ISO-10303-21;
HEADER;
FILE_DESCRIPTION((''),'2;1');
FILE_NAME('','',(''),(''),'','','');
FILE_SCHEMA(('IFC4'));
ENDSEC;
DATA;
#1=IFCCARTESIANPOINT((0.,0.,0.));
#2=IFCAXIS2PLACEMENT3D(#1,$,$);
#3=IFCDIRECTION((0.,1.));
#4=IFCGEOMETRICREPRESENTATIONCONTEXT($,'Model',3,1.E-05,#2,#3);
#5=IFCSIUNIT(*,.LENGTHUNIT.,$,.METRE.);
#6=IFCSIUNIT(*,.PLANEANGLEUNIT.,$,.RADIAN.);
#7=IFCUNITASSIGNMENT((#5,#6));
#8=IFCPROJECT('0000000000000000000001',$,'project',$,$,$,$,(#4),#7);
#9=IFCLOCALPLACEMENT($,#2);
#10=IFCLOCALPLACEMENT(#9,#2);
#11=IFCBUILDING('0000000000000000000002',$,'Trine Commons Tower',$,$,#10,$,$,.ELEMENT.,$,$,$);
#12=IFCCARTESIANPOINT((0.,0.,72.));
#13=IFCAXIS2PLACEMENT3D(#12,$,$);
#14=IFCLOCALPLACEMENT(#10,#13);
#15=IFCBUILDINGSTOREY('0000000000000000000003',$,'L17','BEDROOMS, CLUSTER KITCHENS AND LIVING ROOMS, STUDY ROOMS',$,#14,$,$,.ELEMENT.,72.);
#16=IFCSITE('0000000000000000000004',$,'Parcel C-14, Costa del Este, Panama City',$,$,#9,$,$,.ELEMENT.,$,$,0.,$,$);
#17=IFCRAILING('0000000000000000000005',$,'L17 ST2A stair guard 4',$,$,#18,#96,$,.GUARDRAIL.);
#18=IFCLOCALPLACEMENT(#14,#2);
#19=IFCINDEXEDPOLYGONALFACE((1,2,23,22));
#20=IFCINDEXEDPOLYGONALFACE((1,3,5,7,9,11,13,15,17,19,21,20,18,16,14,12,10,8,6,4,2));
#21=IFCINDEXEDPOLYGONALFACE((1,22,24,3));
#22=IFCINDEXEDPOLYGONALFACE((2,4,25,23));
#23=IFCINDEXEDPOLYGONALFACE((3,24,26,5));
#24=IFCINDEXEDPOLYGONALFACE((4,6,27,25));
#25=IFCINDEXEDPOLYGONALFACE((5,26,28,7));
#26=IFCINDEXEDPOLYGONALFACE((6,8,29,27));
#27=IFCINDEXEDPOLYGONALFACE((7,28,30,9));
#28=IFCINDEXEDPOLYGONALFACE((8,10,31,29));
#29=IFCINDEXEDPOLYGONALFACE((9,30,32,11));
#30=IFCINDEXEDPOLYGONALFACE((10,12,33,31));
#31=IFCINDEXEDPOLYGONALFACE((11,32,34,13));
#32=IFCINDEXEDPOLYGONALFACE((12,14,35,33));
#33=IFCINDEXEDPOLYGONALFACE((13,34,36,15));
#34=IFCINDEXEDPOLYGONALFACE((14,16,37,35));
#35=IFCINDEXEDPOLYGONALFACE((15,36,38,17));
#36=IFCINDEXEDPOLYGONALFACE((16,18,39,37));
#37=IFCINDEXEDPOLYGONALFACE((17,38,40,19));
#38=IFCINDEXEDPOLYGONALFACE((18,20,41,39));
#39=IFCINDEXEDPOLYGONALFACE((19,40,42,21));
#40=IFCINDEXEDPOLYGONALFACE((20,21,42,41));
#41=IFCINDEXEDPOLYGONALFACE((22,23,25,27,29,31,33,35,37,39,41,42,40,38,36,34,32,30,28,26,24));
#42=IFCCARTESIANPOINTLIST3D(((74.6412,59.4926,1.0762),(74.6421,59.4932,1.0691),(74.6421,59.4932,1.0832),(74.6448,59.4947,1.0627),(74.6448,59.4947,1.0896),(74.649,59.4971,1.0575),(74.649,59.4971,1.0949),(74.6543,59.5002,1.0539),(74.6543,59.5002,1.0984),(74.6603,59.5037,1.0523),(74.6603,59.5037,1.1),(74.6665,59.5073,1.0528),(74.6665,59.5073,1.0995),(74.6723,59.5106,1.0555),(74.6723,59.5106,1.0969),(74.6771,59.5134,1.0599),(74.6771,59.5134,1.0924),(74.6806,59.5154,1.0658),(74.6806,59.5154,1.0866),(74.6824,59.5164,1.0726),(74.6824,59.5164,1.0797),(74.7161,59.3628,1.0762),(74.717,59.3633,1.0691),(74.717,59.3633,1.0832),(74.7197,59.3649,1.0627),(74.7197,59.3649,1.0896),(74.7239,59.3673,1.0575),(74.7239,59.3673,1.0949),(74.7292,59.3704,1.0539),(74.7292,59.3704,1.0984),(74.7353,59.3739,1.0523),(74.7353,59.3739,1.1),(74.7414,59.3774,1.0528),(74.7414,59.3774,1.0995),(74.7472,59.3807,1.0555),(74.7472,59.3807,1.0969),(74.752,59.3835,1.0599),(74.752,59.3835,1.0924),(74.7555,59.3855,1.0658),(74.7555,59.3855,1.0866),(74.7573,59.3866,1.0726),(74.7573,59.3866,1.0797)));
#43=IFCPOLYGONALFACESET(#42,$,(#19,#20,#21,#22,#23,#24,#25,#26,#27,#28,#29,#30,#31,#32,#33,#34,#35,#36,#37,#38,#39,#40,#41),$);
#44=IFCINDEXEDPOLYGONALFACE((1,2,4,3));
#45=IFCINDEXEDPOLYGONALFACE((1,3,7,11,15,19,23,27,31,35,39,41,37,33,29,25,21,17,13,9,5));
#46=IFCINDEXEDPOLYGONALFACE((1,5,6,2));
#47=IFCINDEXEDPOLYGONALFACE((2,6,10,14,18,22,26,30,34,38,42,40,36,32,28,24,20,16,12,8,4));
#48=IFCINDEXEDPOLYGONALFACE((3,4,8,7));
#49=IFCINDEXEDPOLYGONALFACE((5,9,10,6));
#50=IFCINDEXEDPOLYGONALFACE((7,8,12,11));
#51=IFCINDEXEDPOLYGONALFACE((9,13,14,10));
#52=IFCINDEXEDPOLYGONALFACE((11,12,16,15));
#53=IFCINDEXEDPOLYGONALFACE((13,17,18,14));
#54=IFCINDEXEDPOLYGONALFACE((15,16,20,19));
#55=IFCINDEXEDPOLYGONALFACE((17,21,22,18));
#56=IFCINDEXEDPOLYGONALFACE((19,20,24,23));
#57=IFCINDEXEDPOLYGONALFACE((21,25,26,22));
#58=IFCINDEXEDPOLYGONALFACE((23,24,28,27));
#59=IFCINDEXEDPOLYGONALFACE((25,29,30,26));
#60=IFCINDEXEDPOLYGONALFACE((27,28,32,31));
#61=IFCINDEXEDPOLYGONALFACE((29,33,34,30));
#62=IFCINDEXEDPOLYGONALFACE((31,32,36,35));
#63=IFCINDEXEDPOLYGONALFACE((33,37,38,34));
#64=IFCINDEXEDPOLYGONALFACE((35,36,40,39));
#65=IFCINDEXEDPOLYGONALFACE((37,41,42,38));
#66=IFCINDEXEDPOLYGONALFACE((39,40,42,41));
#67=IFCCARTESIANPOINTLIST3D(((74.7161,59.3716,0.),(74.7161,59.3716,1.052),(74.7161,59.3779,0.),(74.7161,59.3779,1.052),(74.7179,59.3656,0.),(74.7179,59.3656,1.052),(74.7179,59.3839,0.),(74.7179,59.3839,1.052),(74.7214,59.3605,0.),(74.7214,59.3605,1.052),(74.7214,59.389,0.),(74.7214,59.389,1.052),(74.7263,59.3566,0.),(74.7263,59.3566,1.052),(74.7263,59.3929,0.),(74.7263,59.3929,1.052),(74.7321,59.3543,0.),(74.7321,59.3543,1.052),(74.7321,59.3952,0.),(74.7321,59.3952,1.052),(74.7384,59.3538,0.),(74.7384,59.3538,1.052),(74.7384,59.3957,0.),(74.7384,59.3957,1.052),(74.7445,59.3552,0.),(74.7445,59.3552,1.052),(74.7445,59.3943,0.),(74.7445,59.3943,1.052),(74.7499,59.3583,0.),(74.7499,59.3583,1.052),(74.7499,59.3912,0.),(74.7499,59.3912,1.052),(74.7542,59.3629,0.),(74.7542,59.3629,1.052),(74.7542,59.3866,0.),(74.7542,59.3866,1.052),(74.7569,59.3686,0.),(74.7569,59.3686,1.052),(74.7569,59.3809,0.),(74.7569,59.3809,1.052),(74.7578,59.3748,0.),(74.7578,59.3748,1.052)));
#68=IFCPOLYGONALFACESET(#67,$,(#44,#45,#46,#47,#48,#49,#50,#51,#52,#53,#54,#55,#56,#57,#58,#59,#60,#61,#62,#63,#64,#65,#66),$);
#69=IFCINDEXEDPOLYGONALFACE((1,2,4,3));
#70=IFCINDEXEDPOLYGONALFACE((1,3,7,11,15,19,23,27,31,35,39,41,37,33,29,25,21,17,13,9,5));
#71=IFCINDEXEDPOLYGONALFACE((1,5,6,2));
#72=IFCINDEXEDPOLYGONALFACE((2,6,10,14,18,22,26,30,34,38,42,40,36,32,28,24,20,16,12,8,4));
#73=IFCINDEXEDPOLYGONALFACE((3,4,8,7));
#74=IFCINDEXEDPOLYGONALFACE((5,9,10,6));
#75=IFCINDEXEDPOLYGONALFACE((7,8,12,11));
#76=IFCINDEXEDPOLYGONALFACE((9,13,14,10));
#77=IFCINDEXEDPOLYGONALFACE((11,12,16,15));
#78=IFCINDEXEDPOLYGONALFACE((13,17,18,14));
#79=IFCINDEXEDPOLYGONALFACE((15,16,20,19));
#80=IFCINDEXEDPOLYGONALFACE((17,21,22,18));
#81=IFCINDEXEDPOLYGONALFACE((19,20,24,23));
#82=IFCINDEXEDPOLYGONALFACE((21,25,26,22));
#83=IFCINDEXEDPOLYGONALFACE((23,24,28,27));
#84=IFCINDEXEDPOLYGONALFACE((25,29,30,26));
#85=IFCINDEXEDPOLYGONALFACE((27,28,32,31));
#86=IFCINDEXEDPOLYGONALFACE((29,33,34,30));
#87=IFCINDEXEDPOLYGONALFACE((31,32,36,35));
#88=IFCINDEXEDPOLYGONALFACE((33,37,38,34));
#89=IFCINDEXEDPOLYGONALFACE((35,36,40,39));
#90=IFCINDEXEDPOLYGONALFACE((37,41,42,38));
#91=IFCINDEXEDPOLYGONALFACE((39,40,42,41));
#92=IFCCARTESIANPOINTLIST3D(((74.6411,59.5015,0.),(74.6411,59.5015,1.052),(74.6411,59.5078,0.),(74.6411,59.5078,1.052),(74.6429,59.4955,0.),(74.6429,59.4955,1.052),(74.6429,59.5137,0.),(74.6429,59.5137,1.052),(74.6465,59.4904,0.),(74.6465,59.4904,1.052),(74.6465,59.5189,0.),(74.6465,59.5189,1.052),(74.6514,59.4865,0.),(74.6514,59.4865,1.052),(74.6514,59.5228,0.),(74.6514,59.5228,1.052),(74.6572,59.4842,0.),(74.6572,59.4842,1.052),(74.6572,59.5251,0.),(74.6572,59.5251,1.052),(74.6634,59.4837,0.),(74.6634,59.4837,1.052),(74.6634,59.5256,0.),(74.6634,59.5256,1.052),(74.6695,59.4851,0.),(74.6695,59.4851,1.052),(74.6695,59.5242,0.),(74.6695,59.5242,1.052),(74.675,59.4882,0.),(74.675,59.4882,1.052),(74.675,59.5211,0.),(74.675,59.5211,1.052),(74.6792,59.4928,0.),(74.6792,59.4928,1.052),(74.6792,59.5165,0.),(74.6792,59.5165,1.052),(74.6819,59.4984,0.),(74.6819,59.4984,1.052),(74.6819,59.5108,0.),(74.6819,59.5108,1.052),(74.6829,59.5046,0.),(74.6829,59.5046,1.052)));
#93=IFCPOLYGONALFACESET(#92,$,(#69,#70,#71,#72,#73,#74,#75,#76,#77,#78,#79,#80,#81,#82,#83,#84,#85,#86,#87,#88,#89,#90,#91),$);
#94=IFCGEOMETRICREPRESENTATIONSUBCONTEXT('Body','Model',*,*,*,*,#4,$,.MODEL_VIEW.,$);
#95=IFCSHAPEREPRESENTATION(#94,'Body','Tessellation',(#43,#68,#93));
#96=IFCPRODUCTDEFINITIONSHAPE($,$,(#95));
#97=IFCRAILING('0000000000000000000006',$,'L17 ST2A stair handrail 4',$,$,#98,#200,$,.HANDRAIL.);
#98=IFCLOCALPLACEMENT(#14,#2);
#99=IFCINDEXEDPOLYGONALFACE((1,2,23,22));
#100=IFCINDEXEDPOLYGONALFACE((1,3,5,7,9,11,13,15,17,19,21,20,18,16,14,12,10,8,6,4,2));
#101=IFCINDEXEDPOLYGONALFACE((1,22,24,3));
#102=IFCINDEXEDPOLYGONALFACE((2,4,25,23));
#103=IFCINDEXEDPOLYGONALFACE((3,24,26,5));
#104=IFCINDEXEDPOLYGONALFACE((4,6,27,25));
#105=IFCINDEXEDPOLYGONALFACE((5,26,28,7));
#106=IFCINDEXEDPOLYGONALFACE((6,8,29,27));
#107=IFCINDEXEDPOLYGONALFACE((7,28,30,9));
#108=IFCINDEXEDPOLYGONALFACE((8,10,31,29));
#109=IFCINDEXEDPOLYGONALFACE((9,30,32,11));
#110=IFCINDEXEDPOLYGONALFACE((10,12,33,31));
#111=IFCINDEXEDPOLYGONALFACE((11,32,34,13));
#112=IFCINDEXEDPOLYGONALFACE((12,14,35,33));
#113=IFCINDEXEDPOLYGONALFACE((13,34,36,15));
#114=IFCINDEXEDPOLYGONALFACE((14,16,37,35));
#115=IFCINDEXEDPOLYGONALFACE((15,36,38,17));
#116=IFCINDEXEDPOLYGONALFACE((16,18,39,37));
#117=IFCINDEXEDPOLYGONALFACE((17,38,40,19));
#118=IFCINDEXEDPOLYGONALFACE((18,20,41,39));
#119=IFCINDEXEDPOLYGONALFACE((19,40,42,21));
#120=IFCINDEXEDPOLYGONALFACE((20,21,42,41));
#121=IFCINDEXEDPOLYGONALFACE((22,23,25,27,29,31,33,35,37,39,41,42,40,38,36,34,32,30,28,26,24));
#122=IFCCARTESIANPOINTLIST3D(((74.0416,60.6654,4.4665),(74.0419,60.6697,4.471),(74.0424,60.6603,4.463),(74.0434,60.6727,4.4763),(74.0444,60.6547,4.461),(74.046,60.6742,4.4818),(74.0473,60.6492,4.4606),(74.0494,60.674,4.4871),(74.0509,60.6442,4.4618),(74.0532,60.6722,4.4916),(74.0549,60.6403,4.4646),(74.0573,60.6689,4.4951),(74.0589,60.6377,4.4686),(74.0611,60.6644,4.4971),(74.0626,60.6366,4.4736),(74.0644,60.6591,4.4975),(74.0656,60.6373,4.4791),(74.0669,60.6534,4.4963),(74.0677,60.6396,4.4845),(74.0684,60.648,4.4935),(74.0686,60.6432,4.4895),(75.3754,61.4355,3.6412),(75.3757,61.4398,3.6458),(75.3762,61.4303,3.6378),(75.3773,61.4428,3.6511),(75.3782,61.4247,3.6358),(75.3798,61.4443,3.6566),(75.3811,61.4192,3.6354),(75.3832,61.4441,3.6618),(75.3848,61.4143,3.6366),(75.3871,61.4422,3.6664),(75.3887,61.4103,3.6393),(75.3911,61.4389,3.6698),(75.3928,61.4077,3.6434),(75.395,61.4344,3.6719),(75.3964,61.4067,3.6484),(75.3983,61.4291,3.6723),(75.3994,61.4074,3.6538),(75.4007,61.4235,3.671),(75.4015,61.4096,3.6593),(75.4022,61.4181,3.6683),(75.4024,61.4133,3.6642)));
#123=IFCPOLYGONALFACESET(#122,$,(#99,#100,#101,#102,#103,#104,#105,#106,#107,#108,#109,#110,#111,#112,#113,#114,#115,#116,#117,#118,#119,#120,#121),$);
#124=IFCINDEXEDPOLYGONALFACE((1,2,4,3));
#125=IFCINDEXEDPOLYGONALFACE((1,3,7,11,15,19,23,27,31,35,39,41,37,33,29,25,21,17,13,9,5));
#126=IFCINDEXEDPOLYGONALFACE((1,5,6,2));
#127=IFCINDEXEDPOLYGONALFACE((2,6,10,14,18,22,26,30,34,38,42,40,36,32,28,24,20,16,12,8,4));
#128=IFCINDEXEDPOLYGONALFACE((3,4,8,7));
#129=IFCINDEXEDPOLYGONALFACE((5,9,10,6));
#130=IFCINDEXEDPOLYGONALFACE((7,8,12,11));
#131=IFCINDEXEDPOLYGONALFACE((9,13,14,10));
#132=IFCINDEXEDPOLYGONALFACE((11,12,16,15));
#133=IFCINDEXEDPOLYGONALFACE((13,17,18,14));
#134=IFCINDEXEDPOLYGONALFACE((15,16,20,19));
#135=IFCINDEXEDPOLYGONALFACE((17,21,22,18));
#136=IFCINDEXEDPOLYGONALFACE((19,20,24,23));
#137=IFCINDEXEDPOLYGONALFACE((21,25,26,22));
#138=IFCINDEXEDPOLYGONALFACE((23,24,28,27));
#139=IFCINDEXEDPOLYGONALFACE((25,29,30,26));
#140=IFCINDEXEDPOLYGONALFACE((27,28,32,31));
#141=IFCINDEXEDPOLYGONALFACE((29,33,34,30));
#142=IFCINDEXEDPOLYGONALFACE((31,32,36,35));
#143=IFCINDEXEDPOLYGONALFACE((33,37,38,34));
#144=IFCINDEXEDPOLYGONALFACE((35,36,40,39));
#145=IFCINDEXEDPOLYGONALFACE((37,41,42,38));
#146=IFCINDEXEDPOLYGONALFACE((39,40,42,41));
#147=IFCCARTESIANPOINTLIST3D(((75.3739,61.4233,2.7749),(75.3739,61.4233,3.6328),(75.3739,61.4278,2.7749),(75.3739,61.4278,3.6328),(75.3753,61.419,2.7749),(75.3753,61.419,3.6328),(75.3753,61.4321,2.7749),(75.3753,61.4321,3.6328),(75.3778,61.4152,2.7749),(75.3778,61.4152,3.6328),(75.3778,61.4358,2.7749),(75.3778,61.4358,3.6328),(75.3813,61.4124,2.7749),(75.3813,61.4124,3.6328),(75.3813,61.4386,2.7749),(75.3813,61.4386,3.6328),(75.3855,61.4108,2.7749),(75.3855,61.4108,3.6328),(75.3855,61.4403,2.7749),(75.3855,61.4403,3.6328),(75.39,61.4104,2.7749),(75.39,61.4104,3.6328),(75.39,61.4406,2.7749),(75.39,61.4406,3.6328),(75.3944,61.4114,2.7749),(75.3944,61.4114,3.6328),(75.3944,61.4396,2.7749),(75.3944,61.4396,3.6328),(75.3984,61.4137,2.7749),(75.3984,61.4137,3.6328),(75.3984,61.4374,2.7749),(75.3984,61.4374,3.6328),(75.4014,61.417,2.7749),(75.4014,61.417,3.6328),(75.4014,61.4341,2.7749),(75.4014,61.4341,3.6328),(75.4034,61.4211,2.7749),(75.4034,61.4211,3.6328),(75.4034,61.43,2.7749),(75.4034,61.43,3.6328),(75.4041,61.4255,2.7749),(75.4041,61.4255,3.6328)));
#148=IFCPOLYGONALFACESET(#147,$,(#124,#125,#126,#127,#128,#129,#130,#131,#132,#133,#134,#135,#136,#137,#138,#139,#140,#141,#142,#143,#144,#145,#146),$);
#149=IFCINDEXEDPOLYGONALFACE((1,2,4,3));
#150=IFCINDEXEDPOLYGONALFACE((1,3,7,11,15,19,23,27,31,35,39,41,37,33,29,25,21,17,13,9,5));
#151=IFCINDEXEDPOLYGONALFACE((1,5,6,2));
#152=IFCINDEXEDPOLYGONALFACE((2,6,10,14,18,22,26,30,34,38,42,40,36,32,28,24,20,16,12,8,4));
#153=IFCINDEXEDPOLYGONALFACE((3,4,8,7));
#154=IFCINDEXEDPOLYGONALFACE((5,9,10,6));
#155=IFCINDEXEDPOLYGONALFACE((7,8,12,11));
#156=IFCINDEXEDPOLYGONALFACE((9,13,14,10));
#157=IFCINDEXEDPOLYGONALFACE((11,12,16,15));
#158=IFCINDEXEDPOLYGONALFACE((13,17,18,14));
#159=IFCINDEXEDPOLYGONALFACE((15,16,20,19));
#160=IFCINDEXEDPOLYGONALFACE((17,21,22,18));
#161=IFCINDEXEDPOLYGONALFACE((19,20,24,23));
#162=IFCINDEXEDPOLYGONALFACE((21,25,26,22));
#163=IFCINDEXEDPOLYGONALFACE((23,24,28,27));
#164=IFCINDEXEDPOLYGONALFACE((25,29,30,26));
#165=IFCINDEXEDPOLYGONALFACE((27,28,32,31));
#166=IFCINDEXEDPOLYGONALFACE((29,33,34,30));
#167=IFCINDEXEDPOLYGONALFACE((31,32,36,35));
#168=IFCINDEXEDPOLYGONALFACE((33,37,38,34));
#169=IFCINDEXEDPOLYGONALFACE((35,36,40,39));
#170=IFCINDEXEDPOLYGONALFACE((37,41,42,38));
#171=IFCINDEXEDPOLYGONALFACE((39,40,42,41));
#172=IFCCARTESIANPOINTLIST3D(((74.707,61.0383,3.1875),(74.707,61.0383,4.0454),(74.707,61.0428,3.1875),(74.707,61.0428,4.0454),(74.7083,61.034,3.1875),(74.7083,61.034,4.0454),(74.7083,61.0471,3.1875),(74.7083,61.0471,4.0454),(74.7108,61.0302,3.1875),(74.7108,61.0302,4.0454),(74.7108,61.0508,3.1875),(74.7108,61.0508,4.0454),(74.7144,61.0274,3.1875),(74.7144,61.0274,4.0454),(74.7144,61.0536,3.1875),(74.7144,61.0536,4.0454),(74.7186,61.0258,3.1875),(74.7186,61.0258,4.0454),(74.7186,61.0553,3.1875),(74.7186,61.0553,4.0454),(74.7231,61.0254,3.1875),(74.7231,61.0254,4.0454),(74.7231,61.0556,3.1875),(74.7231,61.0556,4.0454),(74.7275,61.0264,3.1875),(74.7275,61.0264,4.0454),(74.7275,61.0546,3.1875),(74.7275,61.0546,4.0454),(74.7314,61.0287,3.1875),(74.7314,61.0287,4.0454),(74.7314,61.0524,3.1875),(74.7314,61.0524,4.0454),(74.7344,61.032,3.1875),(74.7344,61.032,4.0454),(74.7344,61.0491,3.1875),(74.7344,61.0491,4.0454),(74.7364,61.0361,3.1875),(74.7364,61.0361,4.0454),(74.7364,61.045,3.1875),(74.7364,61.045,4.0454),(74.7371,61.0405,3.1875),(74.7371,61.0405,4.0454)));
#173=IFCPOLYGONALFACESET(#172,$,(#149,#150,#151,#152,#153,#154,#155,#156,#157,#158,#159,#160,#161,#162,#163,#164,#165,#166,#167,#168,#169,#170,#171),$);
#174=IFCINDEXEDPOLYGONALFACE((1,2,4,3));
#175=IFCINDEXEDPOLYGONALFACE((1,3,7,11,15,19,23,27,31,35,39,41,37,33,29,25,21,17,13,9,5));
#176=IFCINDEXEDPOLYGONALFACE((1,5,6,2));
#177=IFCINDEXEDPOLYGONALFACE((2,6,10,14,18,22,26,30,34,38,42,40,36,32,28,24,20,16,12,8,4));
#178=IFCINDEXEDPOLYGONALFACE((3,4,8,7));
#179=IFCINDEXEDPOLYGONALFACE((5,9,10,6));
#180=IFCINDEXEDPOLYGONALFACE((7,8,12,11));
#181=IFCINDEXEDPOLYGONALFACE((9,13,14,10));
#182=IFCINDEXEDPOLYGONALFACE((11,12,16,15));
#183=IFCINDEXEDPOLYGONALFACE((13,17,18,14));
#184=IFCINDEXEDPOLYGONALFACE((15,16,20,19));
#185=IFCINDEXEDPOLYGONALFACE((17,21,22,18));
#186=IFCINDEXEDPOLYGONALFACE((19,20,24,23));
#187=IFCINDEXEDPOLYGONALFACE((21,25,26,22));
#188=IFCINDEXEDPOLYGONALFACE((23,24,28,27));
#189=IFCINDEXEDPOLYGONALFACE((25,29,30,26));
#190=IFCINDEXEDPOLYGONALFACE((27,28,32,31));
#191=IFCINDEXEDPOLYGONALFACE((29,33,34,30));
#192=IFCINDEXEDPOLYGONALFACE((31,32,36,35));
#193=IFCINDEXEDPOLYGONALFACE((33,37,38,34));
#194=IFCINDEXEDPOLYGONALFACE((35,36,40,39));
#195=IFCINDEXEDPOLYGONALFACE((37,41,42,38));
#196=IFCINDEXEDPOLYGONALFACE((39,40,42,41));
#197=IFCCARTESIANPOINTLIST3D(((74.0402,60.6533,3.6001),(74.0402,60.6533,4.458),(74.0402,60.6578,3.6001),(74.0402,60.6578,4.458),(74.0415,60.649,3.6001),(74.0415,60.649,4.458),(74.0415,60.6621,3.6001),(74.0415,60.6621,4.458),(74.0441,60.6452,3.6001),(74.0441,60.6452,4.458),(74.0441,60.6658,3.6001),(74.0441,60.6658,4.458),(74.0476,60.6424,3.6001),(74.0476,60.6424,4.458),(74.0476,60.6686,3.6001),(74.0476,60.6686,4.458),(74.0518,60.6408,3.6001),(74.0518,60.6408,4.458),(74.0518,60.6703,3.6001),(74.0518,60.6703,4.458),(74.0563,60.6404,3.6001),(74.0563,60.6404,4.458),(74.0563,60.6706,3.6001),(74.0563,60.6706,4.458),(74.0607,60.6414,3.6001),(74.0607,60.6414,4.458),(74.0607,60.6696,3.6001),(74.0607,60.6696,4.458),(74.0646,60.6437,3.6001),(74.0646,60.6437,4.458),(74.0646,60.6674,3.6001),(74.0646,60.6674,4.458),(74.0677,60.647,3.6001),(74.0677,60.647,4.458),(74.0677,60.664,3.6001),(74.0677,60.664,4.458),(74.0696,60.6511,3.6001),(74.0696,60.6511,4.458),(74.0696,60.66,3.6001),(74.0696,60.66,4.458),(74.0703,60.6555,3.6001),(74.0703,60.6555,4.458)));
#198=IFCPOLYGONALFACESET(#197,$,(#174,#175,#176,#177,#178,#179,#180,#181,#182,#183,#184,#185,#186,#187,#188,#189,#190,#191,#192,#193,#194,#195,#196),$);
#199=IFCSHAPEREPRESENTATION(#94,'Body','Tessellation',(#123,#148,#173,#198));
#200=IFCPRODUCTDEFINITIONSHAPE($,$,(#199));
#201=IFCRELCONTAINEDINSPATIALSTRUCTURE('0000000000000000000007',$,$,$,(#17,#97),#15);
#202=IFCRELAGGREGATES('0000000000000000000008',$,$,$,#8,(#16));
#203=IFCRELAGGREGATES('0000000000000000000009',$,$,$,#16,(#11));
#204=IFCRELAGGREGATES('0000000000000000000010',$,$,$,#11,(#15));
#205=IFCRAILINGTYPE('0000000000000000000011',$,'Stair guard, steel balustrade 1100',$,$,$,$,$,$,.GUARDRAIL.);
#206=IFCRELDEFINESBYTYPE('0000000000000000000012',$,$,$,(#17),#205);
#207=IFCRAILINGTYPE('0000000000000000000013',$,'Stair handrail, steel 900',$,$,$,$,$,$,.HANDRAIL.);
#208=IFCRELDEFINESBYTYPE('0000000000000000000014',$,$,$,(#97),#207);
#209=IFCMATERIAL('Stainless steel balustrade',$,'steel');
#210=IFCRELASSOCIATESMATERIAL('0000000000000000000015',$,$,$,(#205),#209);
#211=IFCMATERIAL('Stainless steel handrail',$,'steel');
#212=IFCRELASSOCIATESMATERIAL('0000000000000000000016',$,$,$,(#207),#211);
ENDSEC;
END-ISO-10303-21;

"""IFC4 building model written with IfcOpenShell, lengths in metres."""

from ifc_helpers import new_model, si_unit, direction, frame, origin, origin_2d, place, context, subcontext, project, spatial, circle, extrude, material, type_object, element, save


model = new_model("IFC4")

# Units and contexts
model_context = context("Model", 3, precision=1e-05, world=origin(), true_north=direction((0.0, 1.0)))
body_context = subcontext(model_context, "Body", "Model", "MODEL_VIEW")
ifc_project = project(units=[si_unit("LENGTHUNIT", "METRE"), si_unit("PLANEANGLEUNIT", "RADIAN")], contexts=[model_context])

# Site, building, storey
site_placement = place(None, origin())
site = spatial("IfcSite", under=ifc_project, at=site_placement, Name="Parcel C-14, Costa del Este, Panama City", CompositionType="ELEMENT", RefElevation=0.0)
building_placement = place(site_placement, origin())
building = spatial("IfcBuilding", under=site, at=building_placement, Name="Trine Commons Tower", CompositionType="ELEMENT")
storey_placement = place(building_placement, frame((0.0, 0.0, 72.0)))
storey = spatial("IfcBuildingStorey", under=building, at=storey_placement, Name="L17", Description="BEDROOMS, CLUSTER KITCHENS AND LIVING ROOMS, STUDY ROOMS", CompositionType="ELEMENT", Elevation=72.0)

# Railings
ifc_material_1 = material(Name="Stainless steel balustrade", Category="steel")
railing_type_1 = type_object("IfcRailingType", Name="Stair guard, steel balustrade 1100", PredefinedType="GUARDRAIL", material=ifc_material_1)
railing_1_placement = place(storey_placement, frame((74.7368, 59.3748, 0.0)))
element("IfcRailing", 1, at=railing_1_placement, inside=storey, type_object=railing_type_1, Name="L17 ST2A stair guard 4", PredefinedType="GUARDRAIL", context=body_context, shape_type="SweptSolid", body=[
    extrude(circle(Radius=0.0239, at=origin_2d()), frame((0.0, 0.0, 1.0762), z_axis=(-0.499816, 0.866131, 0.0), x_axis=(-0.866131, -0.499816, 0.0)), (0.0, 0.0, 1.0), 0.1499),
    extrude(circle(Radius=0.021, at=origin_2d()), origin(), (0.0, 0.0, 1.0), 1.052),
    extrude(circle(Radius=0.021, at=origin_2d()), frame((-0.075, 0.1299, 0.0)), (0.0, 0.0, 1.0), 1.052),
])
ifc_material_2 = material(Name="Stainless steel handrail", Category="steel")
railing_type_2 = type_object("IfcRailingType", Name="Stair handrail, steel 900", PredefinedType="HANDRAIL", material=ifc_material_2)
railing_2_placement = place(storey_placement, frame((75.3889, 61.4255, 2.7749)))
element("IfcRailing", 2, at=railing_2_placement, inside=storey, type_object=railing_type_2, Name="L17 ST2A stair handrail 4", PredefinedType="HANDRAIL", context=body_context, shape_type="SweptSolid", body=[
    extrude(circle(Radius=0.021, at=origin_2d()), frame((0.0, 0.0, 0.8789), z_axis=(-0.763355, -0.440714, 0.472293), x_axis=(0.499992, -0.86603, 0.0)), (0.0, 0.0, 1.0), 1.7473),
    extrude(circle(Radius=0.0151, at=origin_2d()), origin(), (0.0, 0.0, 1.0), 0.8579),
    extrude(circle(Radius=0.0151, at=origin_2d()), frame((-0.667, -0.385, 0.4126)), (0.0, 0.0, 1.0), 0.8579),
    extrude(circle(Radius=0.0151, at=origin_2d()), frame((-1.3337, -0.77, 0.8252)), (0.0, 0.0, 1.0), 0.8579),
])

save(model, "model.ifc")
